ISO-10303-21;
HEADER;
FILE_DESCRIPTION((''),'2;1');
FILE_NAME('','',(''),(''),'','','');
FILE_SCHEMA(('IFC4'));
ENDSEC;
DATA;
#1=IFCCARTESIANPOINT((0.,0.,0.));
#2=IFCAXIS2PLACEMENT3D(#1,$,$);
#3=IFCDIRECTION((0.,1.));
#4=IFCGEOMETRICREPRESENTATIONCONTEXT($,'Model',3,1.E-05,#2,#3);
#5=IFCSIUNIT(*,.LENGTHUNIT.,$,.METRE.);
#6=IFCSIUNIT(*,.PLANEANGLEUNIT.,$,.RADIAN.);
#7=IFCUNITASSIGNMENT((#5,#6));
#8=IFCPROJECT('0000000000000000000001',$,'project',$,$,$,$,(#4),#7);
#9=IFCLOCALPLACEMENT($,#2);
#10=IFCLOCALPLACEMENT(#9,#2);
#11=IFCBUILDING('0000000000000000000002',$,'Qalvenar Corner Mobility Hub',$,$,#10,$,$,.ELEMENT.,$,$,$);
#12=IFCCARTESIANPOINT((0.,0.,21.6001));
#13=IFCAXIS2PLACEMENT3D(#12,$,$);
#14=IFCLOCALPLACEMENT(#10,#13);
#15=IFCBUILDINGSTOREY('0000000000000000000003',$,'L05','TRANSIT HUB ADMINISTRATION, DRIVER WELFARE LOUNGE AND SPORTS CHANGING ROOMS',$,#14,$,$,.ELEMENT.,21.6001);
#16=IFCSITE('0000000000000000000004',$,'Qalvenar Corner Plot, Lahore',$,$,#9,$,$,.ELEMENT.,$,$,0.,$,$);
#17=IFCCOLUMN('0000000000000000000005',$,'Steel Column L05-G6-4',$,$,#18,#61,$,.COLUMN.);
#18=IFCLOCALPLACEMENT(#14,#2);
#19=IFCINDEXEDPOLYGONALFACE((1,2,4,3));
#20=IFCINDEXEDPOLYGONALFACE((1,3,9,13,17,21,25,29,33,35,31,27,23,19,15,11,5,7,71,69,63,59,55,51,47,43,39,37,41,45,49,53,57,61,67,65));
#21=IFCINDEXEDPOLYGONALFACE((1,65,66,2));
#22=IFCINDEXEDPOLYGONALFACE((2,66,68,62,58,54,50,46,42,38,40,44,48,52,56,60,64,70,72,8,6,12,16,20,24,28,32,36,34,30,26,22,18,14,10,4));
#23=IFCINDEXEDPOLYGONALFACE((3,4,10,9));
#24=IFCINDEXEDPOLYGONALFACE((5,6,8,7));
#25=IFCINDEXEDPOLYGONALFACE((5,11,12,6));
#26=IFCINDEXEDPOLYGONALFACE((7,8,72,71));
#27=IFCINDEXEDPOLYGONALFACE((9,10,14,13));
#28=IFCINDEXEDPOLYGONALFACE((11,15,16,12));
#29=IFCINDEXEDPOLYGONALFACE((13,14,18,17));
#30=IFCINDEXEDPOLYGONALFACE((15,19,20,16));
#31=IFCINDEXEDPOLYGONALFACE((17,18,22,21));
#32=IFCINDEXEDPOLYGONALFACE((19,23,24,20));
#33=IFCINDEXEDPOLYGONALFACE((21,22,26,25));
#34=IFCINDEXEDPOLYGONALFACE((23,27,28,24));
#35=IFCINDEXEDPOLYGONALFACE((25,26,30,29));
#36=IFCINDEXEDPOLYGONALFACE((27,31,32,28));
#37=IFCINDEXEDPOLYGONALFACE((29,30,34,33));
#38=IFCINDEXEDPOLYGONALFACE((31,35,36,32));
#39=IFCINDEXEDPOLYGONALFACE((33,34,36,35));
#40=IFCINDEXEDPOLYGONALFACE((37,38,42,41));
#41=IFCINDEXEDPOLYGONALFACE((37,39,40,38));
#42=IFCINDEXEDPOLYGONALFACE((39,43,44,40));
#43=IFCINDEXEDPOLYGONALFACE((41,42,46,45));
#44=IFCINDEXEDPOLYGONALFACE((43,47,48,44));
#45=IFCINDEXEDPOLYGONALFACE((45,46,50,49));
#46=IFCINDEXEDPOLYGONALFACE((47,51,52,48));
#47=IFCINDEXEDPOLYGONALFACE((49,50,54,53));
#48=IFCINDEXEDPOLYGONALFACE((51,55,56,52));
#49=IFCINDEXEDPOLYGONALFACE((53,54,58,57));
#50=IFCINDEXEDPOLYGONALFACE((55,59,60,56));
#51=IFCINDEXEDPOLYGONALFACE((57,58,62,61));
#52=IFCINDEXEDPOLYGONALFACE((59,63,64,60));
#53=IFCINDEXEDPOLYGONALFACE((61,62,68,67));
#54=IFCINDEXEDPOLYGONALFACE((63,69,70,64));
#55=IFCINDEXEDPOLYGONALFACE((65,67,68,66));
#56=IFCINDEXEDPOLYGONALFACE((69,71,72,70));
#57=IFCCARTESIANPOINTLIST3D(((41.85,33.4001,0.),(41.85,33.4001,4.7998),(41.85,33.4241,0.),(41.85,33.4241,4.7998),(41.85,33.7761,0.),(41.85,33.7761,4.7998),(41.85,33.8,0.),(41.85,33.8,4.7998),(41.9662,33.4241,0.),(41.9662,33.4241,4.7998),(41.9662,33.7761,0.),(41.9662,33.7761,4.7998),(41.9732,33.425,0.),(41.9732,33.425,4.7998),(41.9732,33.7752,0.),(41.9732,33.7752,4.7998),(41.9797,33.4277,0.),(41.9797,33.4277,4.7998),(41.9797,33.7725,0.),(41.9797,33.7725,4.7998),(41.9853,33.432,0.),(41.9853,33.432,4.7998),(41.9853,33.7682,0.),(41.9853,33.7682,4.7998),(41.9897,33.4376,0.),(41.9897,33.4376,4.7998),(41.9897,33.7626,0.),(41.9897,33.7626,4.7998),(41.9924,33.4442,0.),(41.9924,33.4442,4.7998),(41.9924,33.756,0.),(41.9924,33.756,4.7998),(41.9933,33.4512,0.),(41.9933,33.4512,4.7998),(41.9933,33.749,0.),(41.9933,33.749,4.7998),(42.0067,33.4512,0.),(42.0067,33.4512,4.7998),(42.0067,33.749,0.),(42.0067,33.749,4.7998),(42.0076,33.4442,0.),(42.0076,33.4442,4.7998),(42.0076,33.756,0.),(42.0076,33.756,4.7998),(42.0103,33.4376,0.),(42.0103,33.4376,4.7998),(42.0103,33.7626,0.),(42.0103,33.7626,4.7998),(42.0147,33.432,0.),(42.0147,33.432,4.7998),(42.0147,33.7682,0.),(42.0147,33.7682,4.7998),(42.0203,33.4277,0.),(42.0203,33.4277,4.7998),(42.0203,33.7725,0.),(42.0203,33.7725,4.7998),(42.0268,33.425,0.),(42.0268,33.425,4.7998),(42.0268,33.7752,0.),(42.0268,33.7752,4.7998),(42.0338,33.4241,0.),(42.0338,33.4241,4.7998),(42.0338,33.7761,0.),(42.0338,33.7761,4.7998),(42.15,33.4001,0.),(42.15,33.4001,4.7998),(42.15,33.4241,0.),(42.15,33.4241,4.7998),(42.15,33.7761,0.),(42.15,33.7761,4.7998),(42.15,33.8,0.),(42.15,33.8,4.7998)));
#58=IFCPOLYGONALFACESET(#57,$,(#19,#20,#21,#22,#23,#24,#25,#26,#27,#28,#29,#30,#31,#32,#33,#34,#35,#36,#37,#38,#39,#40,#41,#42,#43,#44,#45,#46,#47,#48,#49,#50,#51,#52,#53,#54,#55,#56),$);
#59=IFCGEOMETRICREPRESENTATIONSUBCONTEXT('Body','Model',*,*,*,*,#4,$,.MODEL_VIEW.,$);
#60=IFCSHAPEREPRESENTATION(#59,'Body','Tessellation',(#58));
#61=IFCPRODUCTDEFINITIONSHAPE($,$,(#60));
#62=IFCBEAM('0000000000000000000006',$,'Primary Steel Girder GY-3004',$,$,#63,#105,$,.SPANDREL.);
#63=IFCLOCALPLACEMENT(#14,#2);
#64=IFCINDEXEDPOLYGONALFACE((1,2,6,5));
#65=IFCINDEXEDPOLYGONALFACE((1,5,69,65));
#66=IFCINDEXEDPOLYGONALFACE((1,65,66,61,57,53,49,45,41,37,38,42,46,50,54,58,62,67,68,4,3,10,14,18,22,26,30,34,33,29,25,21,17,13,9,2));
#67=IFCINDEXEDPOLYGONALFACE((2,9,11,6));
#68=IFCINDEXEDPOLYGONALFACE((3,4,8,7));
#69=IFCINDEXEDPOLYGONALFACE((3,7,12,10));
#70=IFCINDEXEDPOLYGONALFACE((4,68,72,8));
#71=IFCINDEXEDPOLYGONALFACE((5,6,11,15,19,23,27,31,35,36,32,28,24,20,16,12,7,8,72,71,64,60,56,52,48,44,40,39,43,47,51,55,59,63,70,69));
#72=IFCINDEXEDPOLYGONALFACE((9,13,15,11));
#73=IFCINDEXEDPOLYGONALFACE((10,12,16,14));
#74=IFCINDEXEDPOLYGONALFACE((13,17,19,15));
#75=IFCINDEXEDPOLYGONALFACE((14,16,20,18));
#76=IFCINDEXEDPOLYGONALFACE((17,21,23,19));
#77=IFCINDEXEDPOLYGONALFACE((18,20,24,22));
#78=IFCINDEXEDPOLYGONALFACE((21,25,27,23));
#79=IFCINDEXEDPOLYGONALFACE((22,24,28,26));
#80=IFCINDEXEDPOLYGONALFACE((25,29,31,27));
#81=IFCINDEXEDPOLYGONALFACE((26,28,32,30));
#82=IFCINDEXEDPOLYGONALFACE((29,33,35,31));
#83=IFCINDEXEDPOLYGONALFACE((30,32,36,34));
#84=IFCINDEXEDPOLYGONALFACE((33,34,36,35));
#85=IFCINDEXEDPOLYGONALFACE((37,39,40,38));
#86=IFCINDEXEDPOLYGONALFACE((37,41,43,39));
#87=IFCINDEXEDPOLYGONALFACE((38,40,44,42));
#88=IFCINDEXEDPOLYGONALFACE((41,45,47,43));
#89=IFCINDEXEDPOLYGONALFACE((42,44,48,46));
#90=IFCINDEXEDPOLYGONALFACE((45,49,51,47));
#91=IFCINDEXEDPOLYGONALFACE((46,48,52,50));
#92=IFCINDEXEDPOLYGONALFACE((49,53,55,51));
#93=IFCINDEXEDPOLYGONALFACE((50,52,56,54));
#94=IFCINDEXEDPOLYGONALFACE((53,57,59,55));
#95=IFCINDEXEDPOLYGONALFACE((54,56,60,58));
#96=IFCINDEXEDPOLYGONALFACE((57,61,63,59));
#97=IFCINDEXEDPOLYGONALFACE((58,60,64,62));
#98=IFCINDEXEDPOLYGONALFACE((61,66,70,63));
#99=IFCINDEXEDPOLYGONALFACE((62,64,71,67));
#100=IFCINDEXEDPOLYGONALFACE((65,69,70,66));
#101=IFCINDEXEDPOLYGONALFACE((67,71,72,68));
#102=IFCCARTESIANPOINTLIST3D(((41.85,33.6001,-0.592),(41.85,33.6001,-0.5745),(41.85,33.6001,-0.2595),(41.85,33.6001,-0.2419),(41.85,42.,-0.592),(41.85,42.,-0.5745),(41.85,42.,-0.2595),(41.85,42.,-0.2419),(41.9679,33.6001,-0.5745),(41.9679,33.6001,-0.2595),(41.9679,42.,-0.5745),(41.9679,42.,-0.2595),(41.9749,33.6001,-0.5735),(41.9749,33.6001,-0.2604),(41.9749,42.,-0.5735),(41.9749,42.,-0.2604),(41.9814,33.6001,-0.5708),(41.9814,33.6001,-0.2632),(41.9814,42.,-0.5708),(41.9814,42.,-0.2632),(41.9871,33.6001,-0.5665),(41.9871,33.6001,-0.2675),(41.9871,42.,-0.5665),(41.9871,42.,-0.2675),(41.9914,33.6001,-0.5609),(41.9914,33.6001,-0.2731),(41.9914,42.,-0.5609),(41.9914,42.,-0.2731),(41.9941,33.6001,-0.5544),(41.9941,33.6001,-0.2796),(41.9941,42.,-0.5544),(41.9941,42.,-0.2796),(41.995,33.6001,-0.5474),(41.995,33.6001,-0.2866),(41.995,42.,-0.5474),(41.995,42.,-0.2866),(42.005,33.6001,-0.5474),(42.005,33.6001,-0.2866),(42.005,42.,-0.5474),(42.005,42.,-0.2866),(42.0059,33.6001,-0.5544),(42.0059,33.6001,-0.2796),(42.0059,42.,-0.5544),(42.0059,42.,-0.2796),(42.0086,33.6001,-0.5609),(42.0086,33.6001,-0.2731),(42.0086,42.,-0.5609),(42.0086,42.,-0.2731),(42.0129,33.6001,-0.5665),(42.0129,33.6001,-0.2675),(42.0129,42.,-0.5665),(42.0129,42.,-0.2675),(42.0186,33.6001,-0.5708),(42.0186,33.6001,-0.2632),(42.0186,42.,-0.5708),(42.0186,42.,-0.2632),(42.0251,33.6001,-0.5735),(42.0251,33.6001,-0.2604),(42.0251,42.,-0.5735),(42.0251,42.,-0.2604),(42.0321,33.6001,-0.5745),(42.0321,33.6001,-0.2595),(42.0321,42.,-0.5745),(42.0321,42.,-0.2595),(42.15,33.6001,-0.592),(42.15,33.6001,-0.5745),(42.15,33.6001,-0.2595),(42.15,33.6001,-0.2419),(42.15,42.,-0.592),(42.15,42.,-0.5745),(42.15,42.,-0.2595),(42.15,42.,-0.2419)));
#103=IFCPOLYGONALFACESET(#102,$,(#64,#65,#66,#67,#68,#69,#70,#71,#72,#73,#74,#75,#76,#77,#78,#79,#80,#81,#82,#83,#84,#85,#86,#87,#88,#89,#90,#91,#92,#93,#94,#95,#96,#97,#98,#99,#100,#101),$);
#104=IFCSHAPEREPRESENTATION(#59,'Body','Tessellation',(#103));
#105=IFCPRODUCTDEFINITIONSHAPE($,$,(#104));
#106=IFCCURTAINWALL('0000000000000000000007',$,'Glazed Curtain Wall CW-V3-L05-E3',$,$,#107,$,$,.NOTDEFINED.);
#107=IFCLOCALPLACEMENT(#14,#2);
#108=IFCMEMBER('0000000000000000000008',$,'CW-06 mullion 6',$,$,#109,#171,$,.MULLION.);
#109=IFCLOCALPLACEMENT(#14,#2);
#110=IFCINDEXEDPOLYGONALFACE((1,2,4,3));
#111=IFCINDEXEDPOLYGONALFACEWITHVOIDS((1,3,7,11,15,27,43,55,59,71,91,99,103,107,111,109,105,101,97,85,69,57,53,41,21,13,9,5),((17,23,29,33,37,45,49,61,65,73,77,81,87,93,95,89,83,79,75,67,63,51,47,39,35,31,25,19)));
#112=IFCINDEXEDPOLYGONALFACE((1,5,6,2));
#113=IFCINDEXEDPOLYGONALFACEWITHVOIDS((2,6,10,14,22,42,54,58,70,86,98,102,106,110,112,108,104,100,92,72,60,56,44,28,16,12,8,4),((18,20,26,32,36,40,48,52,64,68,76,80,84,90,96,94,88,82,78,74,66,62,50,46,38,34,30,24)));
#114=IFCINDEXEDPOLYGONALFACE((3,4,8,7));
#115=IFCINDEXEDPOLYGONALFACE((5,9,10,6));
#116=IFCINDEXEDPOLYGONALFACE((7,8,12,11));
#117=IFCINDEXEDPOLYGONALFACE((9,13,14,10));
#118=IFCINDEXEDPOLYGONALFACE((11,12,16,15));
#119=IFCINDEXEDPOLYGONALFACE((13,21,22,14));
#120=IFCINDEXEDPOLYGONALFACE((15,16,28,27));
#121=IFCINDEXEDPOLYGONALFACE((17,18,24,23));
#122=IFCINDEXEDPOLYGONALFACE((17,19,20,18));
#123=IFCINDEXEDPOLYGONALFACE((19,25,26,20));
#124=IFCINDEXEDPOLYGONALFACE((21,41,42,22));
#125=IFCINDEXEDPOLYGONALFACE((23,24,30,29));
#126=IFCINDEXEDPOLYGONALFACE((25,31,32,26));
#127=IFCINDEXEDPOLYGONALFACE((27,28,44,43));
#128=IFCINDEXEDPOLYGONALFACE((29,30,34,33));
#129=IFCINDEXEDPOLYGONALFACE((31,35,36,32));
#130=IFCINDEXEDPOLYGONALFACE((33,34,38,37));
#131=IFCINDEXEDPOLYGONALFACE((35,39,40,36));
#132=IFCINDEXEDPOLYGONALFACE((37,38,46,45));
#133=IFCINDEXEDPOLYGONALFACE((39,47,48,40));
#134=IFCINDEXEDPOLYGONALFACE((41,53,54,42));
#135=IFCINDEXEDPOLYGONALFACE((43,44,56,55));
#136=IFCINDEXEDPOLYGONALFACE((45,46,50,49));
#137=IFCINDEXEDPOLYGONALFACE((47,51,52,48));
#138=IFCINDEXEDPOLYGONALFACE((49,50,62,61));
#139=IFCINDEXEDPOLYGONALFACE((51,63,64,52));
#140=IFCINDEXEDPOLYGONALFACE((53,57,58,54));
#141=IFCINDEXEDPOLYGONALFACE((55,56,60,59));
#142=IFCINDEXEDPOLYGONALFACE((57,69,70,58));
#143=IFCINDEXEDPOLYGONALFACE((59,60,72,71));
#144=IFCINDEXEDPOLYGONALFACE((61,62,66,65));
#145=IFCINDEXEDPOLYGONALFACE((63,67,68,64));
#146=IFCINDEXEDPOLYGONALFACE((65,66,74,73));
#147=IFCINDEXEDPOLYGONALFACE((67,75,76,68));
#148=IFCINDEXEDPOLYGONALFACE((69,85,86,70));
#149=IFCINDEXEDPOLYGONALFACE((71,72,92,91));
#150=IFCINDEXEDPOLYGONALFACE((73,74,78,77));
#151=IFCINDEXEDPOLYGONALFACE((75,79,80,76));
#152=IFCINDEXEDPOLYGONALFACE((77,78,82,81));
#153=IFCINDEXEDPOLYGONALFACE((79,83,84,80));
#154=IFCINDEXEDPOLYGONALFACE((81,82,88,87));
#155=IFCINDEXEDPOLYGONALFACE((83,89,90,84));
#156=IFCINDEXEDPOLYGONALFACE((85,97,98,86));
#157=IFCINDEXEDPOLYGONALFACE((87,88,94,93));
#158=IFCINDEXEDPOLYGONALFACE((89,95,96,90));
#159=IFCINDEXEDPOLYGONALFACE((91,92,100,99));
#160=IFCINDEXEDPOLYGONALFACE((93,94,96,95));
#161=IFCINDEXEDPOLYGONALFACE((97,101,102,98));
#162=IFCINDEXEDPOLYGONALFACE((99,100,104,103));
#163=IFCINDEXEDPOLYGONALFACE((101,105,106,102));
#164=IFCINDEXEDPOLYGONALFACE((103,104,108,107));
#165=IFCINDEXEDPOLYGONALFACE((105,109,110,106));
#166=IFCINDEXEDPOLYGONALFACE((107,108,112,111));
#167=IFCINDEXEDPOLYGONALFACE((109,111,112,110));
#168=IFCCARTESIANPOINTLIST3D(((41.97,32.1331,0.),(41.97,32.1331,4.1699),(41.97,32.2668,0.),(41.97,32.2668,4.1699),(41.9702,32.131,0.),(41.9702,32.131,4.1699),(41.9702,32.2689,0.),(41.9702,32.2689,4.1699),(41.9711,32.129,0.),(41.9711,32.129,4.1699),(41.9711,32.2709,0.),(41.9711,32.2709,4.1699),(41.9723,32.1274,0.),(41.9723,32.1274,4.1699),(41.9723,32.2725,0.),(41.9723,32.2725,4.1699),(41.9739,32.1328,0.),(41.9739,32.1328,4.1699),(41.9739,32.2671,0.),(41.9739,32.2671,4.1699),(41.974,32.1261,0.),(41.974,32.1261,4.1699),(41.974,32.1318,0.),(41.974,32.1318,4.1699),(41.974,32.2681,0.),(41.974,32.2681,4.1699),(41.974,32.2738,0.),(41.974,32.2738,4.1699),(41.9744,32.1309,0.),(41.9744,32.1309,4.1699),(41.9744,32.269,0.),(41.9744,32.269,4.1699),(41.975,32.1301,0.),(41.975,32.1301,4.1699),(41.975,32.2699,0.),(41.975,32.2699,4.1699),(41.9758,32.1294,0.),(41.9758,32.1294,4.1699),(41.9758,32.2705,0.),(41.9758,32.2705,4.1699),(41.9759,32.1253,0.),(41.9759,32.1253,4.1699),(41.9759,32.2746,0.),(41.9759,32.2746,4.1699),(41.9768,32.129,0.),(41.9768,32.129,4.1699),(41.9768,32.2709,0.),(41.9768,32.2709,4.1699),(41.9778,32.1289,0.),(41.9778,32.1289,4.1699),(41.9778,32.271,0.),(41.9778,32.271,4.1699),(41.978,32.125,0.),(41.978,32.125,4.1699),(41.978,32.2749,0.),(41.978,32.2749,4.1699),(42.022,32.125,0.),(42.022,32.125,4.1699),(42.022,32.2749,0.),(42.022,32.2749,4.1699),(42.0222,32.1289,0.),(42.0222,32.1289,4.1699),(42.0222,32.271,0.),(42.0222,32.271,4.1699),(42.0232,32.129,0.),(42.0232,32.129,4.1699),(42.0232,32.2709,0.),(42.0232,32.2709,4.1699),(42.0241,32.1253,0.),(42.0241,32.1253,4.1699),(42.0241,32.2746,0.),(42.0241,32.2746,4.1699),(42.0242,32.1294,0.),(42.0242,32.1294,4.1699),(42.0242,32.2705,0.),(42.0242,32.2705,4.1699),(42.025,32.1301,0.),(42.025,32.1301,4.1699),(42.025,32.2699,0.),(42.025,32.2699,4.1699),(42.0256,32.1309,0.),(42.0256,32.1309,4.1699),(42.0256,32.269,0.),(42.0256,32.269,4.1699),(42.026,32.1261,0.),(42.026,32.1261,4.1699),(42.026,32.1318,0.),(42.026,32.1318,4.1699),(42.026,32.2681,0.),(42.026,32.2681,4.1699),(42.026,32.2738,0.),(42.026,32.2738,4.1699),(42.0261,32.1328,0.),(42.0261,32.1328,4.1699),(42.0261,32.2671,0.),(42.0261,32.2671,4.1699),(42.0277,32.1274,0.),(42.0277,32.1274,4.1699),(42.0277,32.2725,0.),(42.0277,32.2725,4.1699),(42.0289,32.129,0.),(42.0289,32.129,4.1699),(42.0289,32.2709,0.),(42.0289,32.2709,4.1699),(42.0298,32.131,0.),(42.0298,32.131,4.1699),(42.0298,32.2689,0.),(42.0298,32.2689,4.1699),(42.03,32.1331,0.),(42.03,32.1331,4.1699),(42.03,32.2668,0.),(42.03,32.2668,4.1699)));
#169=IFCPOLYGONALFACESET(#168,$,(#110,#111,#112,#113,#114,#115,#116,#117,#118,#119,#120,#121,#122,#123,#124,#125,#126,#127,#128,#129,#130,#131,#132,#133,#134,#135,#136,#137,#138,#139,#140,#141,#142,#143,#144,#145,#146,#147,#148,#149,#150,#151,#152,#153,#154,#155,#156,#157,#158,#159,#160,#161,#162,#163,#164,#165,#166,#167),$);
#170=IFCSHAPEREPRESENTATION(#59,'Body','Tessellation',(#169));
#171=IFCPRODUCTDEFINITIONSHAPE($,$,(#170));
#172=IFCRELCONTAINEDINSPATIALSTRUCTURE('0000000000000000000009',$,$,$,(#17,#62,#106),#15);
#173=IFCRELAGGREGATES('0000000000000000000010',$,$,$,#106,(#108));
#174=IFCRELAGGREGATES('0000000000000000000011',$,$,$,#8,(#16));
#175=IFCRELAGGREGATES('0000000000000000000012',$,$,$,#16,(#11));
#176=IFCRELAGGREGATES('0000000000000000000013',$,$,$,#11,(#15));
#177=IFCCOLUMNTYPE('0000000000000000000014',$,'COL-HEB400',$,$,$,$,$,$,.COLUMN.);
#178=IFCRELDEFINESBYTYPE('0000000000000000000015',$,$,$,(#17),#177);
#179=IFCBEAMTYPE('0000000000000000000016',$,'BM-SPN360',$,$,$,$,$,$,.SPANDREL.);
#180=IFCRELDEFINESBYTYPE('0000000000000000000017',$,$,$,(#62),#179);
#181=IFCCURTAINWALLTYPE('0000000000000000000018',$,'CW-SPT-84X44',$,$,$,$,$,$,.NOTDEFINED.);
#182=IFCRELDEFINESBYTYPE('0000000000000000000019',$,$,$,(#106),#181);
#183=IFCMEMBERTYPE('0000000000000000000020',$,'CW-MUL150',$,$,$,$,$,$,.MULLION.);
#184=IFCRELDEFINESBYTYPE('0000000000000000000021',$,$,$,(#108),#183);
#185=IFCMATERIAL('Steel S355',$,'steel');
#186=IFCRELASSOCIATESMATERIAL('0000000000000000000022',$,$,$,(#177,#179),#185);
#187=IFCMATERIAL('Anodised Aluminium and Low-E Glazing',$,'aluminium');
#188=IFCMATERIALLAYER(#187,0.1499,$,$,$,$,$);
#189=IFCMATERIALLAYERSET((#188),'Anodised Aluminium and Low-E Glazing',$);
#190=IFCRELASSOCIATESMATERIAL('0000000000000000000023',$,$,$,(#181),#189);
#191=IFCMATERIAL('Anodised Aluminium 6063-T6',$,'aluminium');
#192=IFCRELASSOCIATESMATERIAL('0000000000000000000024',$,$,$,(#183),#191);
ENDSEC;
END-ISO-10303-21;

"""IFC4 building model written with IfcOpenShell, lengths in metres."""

from ifc_helpers import new_model, si_unit, direction, frame, origin, origin_2d, place, context, subcontext, project, spatial, hollow_rectangle, i_section, extrude, material, layer, layer_set, material_profile, profile_set, type_object, element, aggregate, save


model = new_model("IFC4")

# Units and contexts
model_context = context("Model", 3, precision=1e-05, world=origin(), true_north=direction((0.0, 1.0)))
body_context = subcontext(model_context, "Body", "Model", "MODEL_VIEW")
ifc_project = project(units=[si_unit("LENGTHUNIT", "METRE"), si_unit("PLANEANGLEUNIT", "RADIAN")], contexts=[model_context])

# Site, building, storey
site_placement = place(None, origin())
site = spatial("IfcSite", under=ifc_project, at=site_placement, Name="Qalvenar Corner Plot, Lahore", CompositionType="ELEMENT", RefElevation=0.0)
building_placement = place(site_placement, origin())
building = spatial("IfcBuilding", under=site, at=building_placement, Name="Qalvenar Corner Mobility Hub", CompositionType="ELEMENT")
storey_placement = place(building_placement, frame((0.0, 0.0, 21.6001)))
storey = spatial("IfcBuildingStorey", under=building, at=storey_placement, Name="L05", Description="TRANSIT HUB ADMINISTRATION, DRIVER WELFARE LOUNGE AND SPORTS CHANGING ROOMS", CompositionType="ELEMENT", Elevation=21.6001)

# Column
ifc_material_1 = material(Name="Steel S355", Category="steel")
ifc_material_profile_1 = material_profile(ifc_material_1, i_section(OverallWidth=0.3, OverallDepth=0.3999, WebThickness=0.0134, FlangeThickness=0.0239, FilletRadius=0.0271, at=origin_2d()), Name="HEB400")
ifc_profile_set_1 = profile_set([ifc_material_profile_1], Name="Steel S355")
column_type = type_object("IfcColumnType", Name="COL-HEB400", PredefinedType="COLUMN", material=ifc_profile_set_1)
column_placement = place(storey_placement, frame((42.0, 33.6001, 0.0), z_axis=(0.0, 0.0, 1.0), x_axis=(1.0, 0.0, 0.0)))
element("IfcColumn", 1, at=column_placement, inside=storey, type_object=column_type, Name="Steel Column L05-G6-4", PredefinedType="COLUMN", context=body_context, shape_type="SweptSolid", body=[
    extrude(i_section(OverallWidth=0.3, OverallDepth=0.3999, WebThickness=0.0134, FlangeThickness=0.0239, FilletRadius=0.0271, at=origin_2d()), origin(), (0.0, 0.0, 1.0), 4.7998),
])

# Beam
ifc_material_profile_2 = material_profile(ifc_material_1, i_section(OverallWidth=0.3, OverallDepth=0.3501, WebThickness=0.01, FlangeThickness=0.0176, FilletRadius=0.0271, at=origin_2d()), Name="HEA360")
ifc_profile_set_2 = profile_set([ifc_material_profile_2], Name="Steel S355")
beam_type = type_object("IfcBeamType", Name="BM-SPN360", PredefinedType="SPANDREL", material=ifc_profile_set_2)
beam_placement = place(storey_placement, frame((42.0, 33.6001, -0.417), z_axis=(0.0, 1.0, 0.0), x_axis=(-1.0, 0.0, 0.0)))
element("IfcBeam", 2, at=beam_placement, inside=storey, type_object=beam_type, Name="Primary Steel Girder GY-3004", PredefinedType="SPANDREL", context=body_context, shape_type="SweptSolid", body=[
    extrude(i_section(OverallWidth=0.3, OverallDepth=0.3501, WebThickness=0.01, FlangeThickness=0.0176, FilletRadius=0.0271, at=origin_2d()), origin(), (0.0, 0.0, 1.0), 8.3999),
])

# Curtain wall, member
ifc_material_2 = material(Name="Anodised Aluminium and Low-E Glazing", Category="aluminium")
ifc_layer_1 = layer(ifc_material_2, 0.1499)
ifc_layer_set_1 = layer_set([ifc_layer_1], Name="Anodised Aluminium and Low-E Glazing")
curtain_wall_type_1 = type_object("IfcCurtainWallType", Name="CW-SPT-84X44", PredefinedType="NOTDEFINED", material=ifc_layer_set_1)
curtain_wall_1_placement = place(storey_placement, origin())
curtain_wall_1 = element("IfcCurtainWall", 3, at=curtain_wall_1_placement, inside=storey, type_object=curtain_wall_type_1, Name="Glazed Curtain Wall CW-V3-L05-E3", PredefinedType="NOTDEFINED")
ifc_material_3 = material(Name="Anodised Aluminium 6063-T6", Category="aluminium")
ifc_material_profile_3 = material_profile(ifc_material_3, hollow_rectangle(XDim=0.0601, YDim=0.1499, WallThickness=0.0039, InnerFilletRadius=0.0039, OuterFilletRadius=0.0081, at=origin_2d()), Name="RHS150x60x4")
ifc_profile_set_3 = profile_set([ifc_material_profile_3], Name="Anodised Aluminium 6063-T6")
member_type_1 = type_object("IfcMemberType", Name="CW-MUL150", PredefinedType="MULLION", material=ifc_profile_set_3)
member_1_placement = place(storey_placement, frame((42.0, 32.2, 0.0), z_axis=(0.0, 0.0, 1.0), x_axis=(-1.0, 0.0, 0.0)))
member_1 = element("IfcMember", 4, at=member_1_placement, type_object=member_type_1, Name="CW-06 mullion 6", PredefinedType="MULLION", context=body_context, shape_type="SweptSolid", body=[
    extrude(hollow_rectangle(XDim=0.0601, YDim=0.1499, WallThickness=0.0039, InnerFilletRadius=0.0039, OuterFilletRadius=0.0081, at=origin_2d()), origin(), (0.0, 0.0, 1.0), 4.1699),
])

aggregate(curtain_wall_1, [member_1])

save(model, "model.ifc")
